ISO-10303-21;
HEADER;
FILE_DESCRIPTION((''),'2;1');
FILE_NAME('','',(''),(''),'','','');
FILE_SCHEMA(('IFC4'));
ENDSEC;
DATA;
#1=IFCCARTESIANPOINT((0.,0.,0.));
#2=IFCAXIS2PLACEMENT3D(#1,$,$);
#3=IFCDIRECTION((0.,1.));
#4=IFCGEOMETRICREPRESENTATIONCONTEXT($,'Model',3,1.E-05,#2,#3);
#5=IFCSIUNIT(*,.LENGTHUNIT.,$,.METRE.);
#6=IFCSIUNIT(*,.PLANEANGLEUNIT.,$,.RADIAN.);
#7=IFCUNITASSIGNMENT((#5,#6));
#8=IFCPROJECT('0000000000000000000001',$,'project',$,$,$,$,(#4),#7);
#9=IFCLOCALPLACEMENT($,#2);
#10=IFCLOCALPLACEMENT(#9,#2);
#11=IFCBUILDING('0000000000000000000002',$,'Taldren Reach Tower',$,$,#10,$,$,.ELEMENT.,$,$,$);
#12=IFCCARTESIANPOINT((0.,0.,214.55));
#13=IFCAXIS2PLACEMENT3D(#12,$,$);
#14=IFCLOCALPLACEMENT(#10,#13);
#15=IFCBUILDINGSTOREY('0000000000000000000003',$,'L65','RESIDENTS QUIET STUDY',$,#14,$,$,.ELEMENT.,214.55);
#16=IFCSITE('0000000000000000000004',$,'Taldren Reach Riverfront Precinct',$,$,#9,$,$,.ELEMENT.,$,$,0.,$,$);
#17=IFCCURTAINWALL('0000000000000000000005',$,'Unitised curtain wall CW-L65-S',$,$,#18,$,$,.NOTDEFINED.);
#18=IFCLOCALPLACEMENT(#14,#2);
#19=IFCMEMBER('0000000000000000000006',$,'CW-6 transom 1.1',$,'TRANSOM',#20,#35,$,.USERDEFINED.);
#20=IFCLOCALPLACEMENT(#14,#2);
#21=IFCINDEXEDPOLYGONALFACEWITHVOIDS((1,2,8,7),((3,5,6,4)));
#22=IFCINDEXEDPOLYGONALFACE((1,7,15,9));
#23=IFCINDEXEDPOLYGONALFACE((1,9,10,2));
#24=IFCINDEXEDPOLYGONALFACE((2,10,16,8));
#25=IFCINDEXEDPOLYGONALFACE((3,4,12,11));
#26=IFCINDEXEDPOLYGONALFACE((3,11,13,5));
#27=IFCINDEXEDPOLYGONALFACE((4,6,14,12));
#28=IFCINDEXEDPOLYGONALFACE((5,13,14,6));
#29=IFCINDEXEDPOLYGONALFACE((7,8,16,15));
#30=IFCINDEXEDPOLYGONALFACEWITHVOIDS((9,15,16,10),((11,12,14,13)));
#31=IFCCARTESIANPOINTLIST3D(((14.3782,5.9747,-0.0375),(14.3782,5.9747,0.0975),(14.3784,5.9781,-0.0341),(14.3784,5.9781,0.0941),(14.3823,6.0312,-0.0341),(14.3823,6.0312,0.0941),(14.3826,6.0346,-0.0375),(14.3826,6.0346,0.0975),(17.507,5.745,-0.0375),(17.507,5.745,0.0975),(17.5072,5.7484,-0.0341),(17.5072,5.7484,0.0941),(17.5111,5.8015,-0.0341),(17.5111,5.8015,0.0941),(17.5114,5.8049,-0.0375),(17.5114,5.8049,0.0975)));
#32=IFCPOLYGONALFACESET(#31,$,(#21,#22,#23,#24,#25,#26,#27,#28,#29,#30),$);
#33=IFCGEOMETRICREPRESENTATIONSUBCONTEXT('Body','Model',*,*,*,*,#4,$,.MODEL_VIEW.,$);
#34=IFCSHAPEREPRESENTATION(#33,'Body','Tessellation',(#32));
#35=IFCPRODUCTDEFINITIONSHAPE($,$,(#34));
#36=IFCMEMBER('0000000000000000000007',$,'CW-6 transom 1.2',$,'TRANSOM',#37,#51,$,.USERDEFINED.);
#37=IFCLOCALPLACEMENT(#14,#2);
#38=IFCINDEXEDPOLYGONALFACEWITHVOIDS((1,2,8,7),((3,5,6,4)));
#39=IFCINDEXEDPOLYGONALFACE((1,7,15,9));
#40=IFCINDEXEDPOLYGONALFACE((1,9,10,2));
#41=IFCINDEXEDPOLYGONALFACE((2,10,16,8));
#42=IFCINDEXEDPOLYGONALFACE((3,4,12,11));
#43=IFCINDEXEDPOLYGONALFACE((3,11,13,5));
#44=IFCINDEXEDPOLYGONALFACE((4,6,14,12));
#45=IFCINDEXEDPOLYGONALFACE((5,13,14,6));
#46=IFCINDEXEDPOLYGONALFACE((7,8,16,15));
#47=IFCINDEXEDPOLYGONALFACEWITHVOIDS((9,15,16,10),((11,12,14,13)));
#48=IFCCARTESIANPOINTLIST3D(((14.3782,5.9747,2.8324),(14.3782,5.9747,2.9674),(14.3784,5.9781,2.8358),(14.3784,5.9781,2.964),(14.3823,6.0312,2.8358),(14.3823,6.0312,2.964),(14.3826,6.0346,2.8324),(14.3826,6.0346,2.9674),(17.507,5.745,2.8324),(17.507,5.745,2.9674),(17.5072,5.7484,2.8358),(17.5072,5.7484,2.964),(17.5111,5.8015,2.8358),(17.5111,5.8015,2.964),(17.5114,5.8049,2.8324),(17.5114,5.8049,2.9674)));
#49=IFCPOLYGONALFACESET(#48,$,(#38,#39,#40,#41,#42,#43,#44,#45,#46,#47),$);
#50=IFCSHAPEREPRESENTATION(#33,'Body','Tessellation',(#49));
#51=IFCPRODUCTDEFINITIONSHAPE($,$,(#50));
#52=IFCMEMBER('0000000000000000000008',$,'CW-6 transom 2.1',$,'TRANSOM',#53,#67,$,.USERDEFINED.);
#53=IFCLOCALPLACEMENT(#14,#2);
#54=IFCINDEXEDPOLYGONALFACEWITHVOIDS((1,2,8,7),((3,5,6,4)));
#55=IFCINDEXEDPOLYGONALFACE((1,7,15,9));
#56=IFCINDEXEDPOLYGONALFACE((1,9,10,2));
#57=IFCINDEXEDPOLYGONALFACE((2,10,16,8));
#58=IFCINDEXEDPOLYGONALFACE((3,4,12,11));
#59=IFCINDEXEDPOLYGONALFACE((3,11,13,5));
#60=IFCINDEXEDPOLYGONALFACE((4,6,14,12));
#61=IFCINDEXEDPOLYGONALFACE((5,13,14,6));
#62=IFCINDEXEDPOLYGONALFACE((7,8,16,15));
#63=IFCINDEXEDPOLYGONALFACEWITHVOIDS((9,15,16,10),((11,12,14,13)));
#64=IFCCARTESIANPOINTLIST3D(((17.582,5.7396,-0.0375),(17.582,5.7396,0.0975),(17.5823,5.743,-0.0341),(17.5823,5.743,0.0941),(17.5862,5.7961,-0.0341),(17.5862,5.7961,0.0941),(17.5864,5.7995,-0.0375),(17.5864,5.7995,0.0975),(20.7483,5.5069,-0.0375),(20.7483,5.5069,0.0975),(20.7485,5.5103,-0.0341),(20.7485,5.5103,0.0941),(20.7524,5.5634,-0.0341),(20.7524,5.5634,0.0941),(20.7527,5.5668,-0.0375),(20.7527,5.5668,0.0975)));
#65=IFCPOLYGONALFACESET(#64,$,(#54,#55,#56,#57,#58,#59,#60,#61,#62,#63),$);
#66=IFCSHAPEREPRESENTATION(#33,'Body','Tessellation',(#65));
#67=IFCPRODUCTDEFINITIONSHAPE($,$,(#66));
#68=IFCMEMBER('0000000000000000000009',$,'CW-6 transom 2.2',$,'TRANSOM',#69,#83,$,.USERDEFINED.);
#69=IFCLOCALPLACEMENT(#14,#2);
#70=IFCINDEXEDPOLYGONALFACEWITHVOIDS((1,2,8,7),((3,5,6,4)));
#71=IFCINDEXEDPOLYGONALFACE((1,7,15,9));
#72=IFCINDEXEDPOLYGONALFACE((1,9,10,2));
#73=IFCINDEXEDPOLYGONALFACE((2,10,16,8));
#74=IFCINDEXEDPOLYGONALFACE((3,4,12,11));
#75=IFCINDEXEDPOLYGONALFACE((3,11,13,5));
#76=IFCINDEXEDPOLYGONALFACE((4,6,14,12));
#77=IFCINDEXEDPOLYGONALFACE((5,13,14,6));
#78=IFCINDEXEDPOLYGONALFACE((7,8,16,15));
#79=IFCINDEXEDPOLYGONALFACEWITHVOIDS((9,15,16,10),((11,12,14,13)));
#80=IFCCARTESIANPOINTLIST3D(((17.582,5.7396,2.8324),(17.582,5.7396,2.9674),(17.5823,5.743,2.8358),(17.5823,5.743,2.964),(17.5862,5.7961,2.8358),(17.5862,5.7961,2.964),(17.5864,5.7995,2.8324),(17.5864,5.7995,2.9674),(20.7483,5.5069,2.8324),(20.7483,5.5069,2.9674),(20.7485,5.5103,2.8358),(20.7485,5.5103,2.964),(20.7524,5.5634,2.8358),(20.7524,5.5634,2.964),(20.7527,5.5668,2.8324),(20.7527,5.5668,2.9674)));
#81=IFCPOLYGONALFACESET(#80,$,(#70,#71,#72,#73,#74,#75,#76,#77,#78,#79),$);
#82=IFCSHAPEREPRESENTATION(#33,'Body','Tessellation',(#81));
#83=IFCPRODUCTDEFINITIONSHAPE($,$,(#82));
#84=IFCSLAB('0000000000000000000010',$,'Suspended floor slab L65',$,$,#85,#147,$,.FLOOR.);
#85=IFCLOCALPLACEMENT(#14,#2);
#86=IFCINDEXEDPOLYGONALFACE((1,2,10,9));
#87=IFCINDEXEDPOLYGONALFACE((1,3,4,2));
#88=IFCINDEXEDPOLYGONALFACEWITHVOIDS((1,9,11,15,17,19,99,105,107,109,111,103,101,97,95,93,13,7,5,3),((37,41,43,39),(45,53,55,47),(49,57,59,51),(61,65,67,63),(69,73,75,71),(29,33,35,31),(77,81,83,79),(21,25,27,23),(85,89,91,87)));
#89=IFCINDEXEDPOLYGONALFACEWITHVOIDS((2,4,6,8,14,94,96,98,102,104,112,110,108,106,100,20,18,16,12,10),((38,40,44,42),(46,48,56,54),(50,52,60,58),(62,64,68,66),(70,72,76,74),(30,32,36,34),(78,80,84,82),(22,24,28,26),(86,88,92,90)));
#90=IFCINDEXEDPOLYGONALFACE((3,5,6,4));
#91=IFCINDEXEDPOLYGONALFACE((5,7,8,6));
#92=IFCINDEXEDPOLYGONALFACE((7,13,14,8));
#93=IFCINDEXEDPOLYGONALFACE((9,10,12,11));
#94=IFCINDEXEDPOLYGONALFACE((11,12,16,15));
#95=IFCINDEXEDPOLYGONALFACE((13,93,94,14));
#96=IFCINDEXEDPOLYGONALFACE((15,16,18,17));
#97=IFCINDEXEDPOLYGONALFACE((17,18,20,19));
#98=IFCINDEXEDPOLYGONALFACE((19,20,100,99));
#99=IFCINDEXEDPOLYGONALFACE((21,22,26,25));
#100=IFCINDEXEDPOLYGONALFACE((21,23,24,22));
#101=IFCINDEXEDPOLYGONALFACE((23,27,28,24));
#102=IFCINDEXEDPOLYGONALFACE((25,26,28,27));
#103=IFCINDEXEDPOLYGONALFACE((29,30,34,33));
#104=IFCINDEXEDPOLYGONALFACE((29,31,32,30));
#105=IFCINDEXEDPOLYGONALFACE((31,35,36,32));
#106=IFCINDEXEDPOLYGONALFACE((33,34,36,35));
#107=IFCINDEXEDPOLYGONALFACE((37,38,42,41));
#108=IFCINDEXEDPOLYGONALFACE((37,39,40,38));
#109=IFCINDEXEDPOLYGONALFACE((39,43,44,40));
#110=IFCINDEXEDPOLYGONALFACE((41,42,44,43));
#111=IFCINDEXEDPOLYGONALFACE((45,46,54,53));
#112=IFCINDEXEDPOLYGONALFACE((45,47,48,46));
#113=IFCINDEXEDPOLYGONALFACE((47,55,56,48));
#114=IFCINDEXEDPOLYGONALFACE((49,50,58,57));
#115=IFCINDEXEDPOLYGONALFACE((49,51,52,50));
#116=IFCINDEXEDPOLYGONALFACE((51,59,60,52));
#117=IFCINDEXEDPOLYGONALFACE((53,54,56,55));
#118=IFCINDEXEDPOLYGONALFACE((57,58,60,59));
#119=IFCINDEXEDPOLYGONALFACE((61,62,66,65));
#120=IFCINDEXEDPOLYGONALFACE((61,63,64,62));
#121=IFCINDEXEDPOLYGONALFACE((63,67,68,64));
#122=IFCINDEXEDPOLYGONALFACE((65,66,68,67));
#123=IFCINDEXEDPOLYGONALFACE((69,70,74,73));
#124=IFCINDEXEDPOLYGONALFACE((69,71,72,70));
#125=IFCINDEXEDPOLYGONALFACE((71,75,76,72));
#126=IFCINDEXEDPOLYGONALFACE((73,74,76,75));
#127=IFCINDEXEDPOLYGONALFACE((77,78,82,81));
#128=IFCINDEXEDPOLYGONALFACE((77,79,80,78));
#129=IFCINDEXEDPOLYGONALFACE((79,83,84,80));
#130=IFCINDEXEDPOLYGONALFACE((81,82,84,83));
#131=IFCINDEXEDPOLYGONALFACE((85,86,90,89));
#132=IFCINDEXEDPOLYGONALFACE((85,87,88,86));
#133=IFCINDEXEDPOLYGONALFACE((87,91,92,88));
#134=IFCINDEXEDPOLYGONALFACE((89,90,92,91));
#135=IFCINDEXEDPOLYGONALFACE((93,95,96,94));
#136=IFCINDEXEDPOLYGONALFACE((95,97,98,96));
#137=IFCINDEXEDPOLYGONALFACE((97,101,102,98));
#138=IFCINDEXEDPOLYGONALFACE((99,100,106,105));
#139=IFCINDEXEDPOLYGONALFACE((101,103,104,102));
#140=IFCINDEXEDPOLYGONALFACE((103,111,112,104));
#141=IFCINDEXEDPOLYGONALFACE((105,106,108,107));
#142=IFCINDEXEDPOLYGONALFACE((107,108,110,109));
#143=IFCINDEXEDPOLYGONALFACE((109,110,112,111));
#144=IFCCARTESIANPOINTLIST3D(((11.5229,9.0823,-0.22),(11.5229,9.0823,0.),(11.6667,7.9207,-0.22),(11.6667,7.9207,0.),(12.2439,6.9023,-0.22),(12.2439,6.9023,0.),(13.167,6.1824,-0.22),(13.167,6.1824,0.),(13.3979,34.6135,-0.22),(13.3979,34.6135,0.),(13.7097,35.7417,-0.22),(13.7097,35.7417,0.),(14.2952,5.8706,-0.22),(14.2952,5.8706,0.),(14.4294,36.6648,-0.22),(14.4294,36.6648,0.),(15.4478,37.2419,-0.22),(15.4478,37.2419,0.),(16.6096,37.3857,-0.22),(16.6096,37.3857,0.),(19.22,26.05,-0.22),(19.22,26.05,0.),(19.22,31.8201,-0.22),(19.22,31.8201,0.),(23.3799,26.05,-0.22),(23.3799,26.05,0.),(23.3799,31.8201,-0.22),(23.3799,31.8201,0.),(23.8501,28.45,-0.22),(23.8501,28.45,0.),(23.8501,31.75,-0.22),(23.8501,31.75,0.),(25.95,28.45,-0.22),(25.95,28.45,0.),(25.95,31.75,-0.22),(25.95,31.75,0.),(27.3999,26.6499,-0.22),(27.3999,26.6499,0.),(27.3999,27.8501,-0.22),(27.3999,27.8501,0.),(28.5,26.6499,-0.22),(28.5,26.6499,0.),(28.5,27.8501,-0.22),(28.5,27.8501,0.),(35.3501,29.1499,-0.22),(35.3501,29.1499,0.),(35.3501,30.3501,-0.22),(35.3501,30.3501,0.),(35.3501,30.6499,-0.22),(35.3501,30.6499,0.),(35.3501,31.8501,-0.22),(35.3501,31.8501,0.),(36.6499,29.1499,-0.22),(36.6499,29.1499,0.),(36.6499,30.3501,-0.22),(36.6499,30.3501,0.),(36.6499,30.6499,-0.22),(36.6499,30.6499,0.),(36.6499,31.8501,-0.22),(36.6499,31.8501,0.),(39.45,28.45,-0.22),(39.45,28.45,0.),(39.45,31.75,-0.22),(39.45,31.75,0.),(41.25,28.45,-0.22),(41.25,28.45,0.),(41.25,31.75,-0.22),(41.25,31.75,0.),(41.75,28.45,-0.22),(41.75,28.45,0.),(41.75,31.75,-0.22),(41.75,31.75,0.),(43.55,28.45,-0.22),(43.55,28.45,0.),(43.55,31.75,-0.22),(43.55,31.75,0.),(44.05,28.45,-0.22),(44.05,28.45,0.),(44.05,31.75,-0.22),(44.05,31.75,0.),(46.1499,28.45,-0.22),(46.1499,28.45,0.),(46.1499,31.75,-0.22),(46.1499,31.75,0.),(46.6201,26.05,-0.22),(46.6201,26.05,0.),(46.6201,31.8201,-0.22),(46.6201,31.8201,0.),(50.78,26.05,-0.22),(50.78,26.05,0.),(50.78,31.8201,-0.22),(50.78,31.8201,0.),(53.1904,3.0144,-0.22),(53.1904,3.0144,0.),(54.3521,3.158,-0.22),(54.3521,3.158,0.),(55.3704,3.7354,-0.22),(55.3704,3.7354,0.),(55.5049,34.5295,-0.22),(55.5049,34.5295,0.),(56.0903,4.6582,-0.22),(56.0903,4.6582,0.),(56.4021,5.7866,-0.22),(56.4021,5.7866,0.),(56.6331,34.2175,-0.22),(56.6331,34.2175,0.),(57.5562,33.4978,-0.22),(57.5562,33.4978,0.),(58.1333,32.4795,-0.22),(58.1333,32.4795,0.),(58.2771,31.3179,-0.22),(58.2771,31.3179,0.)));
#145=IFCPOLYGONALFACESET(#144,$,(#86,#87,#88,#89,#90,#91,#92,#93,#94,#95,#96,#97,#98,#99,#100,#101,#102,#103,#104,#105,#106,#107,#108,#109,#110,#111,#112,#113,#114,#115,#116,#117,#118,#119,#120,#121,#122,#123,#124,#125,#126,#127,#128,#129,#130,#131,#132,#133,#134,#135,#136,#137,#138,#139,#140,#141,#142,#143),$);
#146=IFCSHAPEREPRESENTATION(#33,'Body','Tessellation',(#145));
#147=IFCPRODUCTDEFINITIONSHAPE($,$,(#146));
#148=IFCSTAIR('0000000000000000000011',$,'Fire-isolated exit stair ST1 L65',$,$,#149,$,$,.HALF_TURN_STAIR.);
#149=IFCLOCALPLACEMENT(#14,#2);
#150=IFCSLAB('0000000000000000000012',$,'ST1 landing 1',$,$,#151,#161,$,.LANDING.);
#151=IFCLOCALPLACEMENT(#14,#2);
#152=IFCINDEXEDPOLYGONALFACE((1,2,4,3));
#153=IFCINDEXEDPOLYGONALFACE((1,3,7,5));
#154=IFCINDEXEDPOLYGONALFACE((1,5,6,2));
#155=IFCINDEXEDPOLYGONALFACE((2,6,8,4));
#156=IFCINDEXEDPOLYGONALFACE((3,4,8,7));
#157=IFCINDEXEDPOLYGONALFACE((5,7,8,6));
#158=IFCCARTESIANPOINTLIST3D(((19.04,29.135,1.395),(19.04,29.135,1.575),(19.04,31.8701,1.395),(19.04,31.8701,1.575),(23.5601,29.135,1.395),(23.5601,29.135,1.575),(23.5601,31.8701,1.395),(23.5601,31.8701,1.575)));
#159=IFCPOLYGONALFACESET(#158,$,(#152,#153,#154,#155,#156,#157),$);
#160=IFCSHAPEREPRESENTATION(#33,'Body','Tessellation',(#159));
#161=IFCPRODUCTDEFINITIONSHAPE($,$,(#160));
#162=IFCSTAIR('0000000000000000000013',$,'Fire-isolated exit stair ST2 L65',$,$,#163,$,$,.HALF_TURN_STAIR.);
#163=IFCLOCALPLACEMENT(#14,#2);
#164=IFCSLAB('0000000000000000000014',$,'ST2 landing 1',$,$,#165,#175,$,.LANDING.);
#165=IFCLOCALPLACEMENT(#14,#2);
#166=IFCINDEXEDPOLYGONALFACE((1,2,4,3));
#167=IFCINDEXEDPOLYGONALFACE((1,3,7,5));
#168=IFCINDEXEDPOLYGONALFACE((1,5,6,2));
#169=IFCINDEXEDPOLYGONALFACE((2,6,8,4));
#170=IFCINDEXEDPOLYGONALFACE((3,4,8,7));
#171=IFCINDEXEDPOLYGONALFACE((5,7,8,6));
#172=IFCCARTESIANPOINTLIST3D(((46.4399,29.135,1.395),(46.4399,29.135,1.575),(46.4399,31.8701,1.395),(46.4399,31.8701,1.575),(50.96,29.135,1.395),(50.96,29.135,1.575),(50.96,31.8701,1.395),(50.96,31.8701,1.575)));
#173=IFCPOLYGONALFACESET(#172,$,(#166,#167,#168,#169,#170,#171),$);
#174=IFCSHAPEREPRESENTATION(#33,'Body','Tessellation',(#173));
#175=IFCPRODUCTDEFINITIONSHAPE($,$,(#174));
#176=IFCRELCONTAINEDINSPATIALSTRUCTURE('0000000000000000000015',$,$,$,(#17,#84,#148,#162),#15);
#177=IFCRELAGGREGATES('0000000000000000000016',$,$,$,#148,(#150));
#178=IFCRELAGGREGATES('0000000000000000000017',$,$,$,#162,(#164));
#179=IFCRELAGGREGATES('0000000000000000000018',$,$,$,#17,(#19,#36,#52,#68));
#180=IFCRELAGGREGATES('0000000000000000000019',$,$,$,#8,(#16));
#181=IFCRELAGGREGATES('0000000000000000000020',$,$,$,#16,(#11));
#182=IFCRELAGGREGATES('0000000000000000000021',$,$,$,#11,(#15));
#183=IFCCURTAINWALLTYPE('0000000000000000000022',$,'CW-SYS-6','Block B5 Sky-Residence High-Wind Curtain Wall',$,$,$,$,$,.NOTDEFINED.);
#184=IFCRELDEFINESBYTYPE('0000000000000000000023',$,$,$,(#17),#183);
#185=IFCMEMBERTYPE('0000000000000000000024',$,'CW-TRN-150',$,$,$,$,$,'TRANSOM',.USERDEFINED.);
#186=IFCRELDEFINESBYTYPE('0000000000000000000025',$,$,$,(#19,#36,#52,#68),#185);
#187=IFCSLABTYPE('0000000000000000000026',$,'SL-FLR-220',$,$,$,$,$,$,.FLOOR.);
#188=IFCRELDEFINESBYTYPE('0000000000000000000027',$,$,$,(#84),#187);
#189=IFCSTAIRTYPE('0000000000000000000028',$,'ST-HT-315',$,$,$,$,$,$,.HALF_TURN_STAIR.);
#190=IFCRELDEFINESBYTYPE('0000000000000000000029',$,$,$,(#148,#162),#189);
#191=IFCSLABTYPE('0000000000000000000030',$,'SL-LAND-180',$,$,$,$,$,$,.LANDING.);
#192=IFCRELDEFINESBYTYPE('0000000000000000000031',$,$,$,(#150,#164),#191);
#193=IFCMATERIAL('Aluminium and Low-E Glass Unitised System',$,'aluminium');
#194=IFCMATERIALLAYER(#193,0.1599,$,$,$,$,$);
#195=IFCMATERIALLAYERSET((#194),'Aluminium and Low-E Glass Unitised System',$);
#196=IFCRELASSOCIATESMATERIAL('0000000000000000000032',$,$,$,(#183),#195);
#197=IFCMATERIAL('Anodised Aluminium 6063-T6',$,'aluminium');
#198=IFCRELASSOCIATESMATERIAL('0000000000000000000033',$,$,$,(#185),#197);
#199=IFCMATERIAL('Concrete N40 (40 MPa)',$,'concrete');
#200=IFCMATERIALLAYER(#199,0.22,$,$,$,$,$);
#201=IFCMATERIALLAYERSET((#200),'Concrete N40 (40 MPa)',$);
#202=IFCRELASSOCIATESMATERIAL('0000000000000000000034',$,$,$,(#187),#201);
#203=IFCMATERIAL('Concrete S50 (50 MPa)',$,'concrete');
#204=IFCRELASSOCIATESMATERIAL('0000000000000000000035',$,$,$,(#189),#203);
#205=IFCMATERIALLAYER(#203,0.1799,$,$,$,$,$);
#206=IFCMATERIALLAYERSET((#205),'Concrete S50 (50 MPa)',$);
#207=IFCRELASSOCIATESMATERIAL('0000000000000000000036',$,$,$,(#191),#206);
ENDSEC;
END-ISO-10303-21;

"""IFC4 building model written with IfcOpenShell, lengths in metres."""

from ifc_helpers import new_model, si_unit, direction, frame, origin, origin_2d, place, context, subcontext, project, spatial, polyline, hollow_rectangle, outline, extrude, source, transform, mapped, material, layer, layer_set, material_profile, profile_set, type_object, element, aggregate, save


model = new_model("IFC4")

# Units and contexts
model_context = context("Model", 3, precision=1e-05, world=origin(), true_north=direction((0.0, 1.0)))
body_context = subcontext(model_context, "Body", "Model", "MODEL_VIEW")
ifc_project = project(units=[si_unit("LENGTHUNIT", "METRE"), si_unit("PLANEANGLEUNIT", "RADIAN")], contexts=[model_context])

# Site, building, storey
site_placement = place(None, origin())
site = spatial("IfcSite", under=ifc_project, at=site_placement, Name="Taldren Reach Riverfront Precinct", CompositionType="ELEMENT", RefElevation=0.0)
building_placement = place(site_placement, origin())
building = spatial("IfcBuilding", under=site, at=building_placement, Name="Taldren Reach Tower", CompositionType="ELEMENT")
storey_placement = place(building_placement, frame((0.0, 0.0, 214.55)))
storey = spatial("IfcBuildingStorey", under=building, at=storey_placement, Name="L65", Description="RESIDENTS QUIET STUDY", CompositionType="ELEMENT", Elevation=214.55)

# Curtain wall
ifc_material_1 = material(Name="Aluminium and Low-E Glass Unitised System", Category="aluminium")
ifc_layer_1 = layer(ifc_material_1, 0.1599)
ifc_layer_set_1 = layer_set([ifc_layer_1], Name="Aluminium and Low-E Glass Unitised System")
curtain_wall_type = type_object("IfcCurtainWallType", Name="CW-SYS-6", Description="Block B5 Sky-Residence High-Wind Curtain Wall", PredefinedType="NOTDEFINED", material=ifc_layer_set_1)
curtain_wall_1_placement = place(storey_placement, origin())
curtain_wall_1 = element("IfcCurtainWall", 1, at=curtain_wall_1_placement, inside=storey, type_object=curtain_wall_type, Name="Unitised curtain wall CW-L65-S", PredefinedType="NOTDEFINED")
ifc_material_2 = material(Name="Anodised Aluminium 6063-T6", Category="aluminium")

# Members
ifc_material_profile_1 = material_profile(ifc_material_2, hollow_rectangle(XDim=0.0601, YDim=0.135, WallThickness=0.0034, at=origin_2d()), Name="ALU-135x60x3.5RHS")
ifc_profile_set_1 = profile_set([ifc_material_profile_1], Name="Anodised Aluminium 6063-T6")
member_type_1 = type_object("IfcMemberType", Name="CW-TRN-150", ElementType="TRANSOM", PredefinedType="USERDEFINED", material=ifc_profile_set_1)
shared_shape_1 = source(origin(), body_context, "Body", "SweptSolid", [
    extrude(hollow_rectangle(XDim=0.0601, YDim=0.135, WallThickness=0.0034, at=origin_2d()), origin(), (0.0, 0.0, 1.0), 3.1372),
])
member_1_placement = place(storey_placement, frame((14.3804, 6.0046, 0.03), z_axis=(0.997315, -0.073227, 0.0), x_axis=(0.073227, 0.997315, 0.0)))
member_1 = element("IfcMember", 2, at=member_1_placement, type_object=member_type_1, Name="CW-6 transom 1.1", ObjectType="TRANSOM", PredefinedType="USERDEFINED", context=body_context, shape_type="MappedRepresentation", body=[
    mapped(shared_shape_1, transform((0.0, 0.0, 0.0), scale=1.0)),
])
member_2_placement = place(storey_placement, frame((14.3804, 6.0046, 2.8999), z_axis=(0.997315, -0.073227, 0.0), x_axis=(0.073227, 0.997315, 0.0)))
member_2 = element("IfcMember", 3, at=member_2_placement, type_object=member_type_1, Name="CW-6 transom 1.2", ObjectType="TRANSOM", PredefinedType="USERDEFINED", context=body_context, shape_type="MappedRepresentation", body=[
    mapped(shared_shape_1, transform((0.0, 0.0, 0.0), scale=1.0)),
])
shared_shape_2 = source(origin(), body_context, "Body", "SweptSolid", [
    extrude(hollow_rectangle(XDim=0.0601, YDim=0.135, WallThickness=0.0034, at=origin_2d()), origin(), (0.0, 0.0, 1.0), 3.1748),
])
member_3_placement = place(storey_placement, frame((17.5842, 5.7695, 0.03), z_axis=(0.997311, -0.073285, 0.0), x_axis=(0.073285, 0.997311, 0.0)))
member_3 = element("IfcMember", 4, at=member_3_placement, type_object=member_type_1, Name="CW-6 transom 2.1", ObjectType="TRANSOM", PredefinedType="USERDEFINED", context=body_context, shape_type="MappedRepresentation", body=[
    mapped(shared_shape_2, transform((0.0, 0.0, 0.0), scale=1.0)),
])
member_4_placement = place(storey_placement, frame((17.5842, 5.7695, 2.8999), z_axis=(0.997311, -0.073285, 0.0), x_axis=(0.073285, 0.997311, 0.0)))
member_4 = element("IfcMember", 5, at=member_4_placement, type_object=member_type_1, Name="CW-6 transom 2.2", ObjectType="TRANSOM", PredefinedType="USERDEFINED", context=body_context, shape_type="MappedRepresentation", body=[
    mapped(shared_shape_2, transform((0.0, 0.0, 0.0), scale=1.0)),
])

# Slab
ifc_material_3 = material(Name="Concrete N40 (40 MPa)", Category="concrete")
ifc_layer_2 = layer(ifc_material_3, 0.22)
ifc_layer_set_2 = layer_set([ifc_layer_2], Name="Concrete N40 (40 MPa)")
slab_type_1 = type_object("IfcSlabType", Name="SL-FLR-220", PredefinedType="FLOOR", material=ifc_layer_set_2)
slab_1_placement = place(storey_placement, frame((0.0, 0.0, -0.22)))
element("IfcSlab", 6, at=slab_1_placement, inside=storey, type_object=slab_type_1, Name="Suspended floor slab L65", PredefinedType="FLOOR", context=body_context, shape_type="SweptSolid", body=[
    extrude(outline(polyline([(53.1904, 3.0144), (54.3521, 3.158), (55.3704, 3.7354), (56.0903, 4.6582), (56.4021, 5.7866), (58.2771, 31.3179), (58.1333, 32.4795), (57.5562, 33.4978), (56.6331, 34.2175), (55.5049, 34.5295), (16.6096, 37.3857), (15.4478, 37.2419), (14.4294, 36.6648), (13.7097, 35.7417), (13.3979, 34.6135), (11.5229, 9.0823), (11.6667, 7.9207), (12.2439, 6.9023), (13.167, 6.1824), (14.2952, 5.8706), (53.1904, 3.0144)]), holes=[polyline([(19.22, 26.05), (23.3799, 26.05), (23.3799, 31.8201), (19.22, 31.8201), (19.22, 26.05)]), polyline([(46.6201, 26.05), (50.78, 26.05), (50.78, 31.8201), (46.6201, 31.8201), (46.6201, 26.05)]), polyline([(23.8501, 28.45), (25.95, 28.45), (25.95, 31.75), (23.8501, 31.75), (23.8501, 28.45)]), polyline([(44.05, 28.45), (46.1499, 28.45), (46.1499, 31.75), (44.05, 31.75), (44.05, 28.45)]), polyline([(39.45, 28.45), (41.25, 28.45), (41.25, 31.75), (39.45, 31.75), (39.45, 28.45)]), polyline([(41.75, 28.45), (43.55, 28.45), (43.55, 31.75), (41.75, 31.75), (41.75, 28.45)]), polyline([(35.3501, 30.6499), (36.6499, 30.6499), (36.6499, 31.8501), (35.3501, 31.8501), (35.3501, 30.6499)]), polyline([(35.3501, 29.1499), (36.6499, 29.1499), (36.6499, 30.3501), (35.3501, 30.3501), (35.3501, 29.1499)]), polyline([(27.3999, 26.6499), (28.5, 26.6499), (28.5, 27.8501), (27.3999, 27.8501), (27.3999, 26.6499)])]), origin(), (0.0, 0.0, 1.0), 0.22),
])

# Stairs, slabs
ifc_material_4 = material(Name="Concrete S50 (50 MPa)", Category="concrete")
stair_type = type_object("IfcStairType", Name="ST-HT-315", PredefinedType="HALF_TURN_STAIR", material=ifc_material_4)
stair_1_placement = place(storey_placement, origin())
stair_1 = element("IfcStair", 7, at=stair_1_placement, inside=storey, type_object=stair_type, Name="Fire-isolated exit stair ST1 L65", PredefinedType="HALF_TURN_STAIR")
ifc_layer_3 = layer(ifc_material_4, 0.1799)
ifc_layer_set_3 = layer_set([ifc_layer_3], Name="Concrete S50 (50 MPa)")
slab_type_2 = type_object("IfcSlabType", Name="SL-LAND-180", PredefinedType="LANDING", material=ifc_layer_set_3)
slab_2_placement = place(storey_placement, frame((0.0, 0.0, 1.395)))
slab_2 = element("IfcSlab", 8, at=slab_2_placement, type_object=slab_type_2, Name="ST1 landing 1", PredefinedType="LANDING", context=body_context, shape_type="SweptSolid", body=[
    extrude(outline(polyline([(19.04, 29.135), (23.5601, 29.135), (23.5601, 31.8701), (19.04, 31.8701), (19.04, 29.135)])), origin(), (0.0, 0.0, 1.0), 0.1799),
])
aggregate(stair_1, [slab_2])
stair_2_placement = place(storey_placement, origin())
stair_2 = element("IfcStair", 9, at=stair_2_placement, inside=storey, type_object=stair_type, Name="Fire-isolated exit stair ST2 L65", PredefinedType="HALF_TURN_STAIR")
slab_3_placement = place(storey_placement, frame((0.0, 0.0, 1.395)))
slab_3 = element("IfcSlab", 10, at=slab_3_placement, type_object=slab_type_2, Name="ST2 landing 1", PredefinedType="LANDING", context=body_context, shape_type="SweptSolid", body=[
    extrude(outline(polyline([(46.4399, 29.135), (50.96, 29.135), (50.96, 31.8701), (46.4399, 31.8701), (46.4399, 29.135)])), origin(), (0.0, 0.0, 1.0), 0.1799),
])
aggregate(stair_2, [slab_3])

aggregate(curtain_wall_1, [member_1, member_2, member_3, member_4])

save(model, "model.ifc")
